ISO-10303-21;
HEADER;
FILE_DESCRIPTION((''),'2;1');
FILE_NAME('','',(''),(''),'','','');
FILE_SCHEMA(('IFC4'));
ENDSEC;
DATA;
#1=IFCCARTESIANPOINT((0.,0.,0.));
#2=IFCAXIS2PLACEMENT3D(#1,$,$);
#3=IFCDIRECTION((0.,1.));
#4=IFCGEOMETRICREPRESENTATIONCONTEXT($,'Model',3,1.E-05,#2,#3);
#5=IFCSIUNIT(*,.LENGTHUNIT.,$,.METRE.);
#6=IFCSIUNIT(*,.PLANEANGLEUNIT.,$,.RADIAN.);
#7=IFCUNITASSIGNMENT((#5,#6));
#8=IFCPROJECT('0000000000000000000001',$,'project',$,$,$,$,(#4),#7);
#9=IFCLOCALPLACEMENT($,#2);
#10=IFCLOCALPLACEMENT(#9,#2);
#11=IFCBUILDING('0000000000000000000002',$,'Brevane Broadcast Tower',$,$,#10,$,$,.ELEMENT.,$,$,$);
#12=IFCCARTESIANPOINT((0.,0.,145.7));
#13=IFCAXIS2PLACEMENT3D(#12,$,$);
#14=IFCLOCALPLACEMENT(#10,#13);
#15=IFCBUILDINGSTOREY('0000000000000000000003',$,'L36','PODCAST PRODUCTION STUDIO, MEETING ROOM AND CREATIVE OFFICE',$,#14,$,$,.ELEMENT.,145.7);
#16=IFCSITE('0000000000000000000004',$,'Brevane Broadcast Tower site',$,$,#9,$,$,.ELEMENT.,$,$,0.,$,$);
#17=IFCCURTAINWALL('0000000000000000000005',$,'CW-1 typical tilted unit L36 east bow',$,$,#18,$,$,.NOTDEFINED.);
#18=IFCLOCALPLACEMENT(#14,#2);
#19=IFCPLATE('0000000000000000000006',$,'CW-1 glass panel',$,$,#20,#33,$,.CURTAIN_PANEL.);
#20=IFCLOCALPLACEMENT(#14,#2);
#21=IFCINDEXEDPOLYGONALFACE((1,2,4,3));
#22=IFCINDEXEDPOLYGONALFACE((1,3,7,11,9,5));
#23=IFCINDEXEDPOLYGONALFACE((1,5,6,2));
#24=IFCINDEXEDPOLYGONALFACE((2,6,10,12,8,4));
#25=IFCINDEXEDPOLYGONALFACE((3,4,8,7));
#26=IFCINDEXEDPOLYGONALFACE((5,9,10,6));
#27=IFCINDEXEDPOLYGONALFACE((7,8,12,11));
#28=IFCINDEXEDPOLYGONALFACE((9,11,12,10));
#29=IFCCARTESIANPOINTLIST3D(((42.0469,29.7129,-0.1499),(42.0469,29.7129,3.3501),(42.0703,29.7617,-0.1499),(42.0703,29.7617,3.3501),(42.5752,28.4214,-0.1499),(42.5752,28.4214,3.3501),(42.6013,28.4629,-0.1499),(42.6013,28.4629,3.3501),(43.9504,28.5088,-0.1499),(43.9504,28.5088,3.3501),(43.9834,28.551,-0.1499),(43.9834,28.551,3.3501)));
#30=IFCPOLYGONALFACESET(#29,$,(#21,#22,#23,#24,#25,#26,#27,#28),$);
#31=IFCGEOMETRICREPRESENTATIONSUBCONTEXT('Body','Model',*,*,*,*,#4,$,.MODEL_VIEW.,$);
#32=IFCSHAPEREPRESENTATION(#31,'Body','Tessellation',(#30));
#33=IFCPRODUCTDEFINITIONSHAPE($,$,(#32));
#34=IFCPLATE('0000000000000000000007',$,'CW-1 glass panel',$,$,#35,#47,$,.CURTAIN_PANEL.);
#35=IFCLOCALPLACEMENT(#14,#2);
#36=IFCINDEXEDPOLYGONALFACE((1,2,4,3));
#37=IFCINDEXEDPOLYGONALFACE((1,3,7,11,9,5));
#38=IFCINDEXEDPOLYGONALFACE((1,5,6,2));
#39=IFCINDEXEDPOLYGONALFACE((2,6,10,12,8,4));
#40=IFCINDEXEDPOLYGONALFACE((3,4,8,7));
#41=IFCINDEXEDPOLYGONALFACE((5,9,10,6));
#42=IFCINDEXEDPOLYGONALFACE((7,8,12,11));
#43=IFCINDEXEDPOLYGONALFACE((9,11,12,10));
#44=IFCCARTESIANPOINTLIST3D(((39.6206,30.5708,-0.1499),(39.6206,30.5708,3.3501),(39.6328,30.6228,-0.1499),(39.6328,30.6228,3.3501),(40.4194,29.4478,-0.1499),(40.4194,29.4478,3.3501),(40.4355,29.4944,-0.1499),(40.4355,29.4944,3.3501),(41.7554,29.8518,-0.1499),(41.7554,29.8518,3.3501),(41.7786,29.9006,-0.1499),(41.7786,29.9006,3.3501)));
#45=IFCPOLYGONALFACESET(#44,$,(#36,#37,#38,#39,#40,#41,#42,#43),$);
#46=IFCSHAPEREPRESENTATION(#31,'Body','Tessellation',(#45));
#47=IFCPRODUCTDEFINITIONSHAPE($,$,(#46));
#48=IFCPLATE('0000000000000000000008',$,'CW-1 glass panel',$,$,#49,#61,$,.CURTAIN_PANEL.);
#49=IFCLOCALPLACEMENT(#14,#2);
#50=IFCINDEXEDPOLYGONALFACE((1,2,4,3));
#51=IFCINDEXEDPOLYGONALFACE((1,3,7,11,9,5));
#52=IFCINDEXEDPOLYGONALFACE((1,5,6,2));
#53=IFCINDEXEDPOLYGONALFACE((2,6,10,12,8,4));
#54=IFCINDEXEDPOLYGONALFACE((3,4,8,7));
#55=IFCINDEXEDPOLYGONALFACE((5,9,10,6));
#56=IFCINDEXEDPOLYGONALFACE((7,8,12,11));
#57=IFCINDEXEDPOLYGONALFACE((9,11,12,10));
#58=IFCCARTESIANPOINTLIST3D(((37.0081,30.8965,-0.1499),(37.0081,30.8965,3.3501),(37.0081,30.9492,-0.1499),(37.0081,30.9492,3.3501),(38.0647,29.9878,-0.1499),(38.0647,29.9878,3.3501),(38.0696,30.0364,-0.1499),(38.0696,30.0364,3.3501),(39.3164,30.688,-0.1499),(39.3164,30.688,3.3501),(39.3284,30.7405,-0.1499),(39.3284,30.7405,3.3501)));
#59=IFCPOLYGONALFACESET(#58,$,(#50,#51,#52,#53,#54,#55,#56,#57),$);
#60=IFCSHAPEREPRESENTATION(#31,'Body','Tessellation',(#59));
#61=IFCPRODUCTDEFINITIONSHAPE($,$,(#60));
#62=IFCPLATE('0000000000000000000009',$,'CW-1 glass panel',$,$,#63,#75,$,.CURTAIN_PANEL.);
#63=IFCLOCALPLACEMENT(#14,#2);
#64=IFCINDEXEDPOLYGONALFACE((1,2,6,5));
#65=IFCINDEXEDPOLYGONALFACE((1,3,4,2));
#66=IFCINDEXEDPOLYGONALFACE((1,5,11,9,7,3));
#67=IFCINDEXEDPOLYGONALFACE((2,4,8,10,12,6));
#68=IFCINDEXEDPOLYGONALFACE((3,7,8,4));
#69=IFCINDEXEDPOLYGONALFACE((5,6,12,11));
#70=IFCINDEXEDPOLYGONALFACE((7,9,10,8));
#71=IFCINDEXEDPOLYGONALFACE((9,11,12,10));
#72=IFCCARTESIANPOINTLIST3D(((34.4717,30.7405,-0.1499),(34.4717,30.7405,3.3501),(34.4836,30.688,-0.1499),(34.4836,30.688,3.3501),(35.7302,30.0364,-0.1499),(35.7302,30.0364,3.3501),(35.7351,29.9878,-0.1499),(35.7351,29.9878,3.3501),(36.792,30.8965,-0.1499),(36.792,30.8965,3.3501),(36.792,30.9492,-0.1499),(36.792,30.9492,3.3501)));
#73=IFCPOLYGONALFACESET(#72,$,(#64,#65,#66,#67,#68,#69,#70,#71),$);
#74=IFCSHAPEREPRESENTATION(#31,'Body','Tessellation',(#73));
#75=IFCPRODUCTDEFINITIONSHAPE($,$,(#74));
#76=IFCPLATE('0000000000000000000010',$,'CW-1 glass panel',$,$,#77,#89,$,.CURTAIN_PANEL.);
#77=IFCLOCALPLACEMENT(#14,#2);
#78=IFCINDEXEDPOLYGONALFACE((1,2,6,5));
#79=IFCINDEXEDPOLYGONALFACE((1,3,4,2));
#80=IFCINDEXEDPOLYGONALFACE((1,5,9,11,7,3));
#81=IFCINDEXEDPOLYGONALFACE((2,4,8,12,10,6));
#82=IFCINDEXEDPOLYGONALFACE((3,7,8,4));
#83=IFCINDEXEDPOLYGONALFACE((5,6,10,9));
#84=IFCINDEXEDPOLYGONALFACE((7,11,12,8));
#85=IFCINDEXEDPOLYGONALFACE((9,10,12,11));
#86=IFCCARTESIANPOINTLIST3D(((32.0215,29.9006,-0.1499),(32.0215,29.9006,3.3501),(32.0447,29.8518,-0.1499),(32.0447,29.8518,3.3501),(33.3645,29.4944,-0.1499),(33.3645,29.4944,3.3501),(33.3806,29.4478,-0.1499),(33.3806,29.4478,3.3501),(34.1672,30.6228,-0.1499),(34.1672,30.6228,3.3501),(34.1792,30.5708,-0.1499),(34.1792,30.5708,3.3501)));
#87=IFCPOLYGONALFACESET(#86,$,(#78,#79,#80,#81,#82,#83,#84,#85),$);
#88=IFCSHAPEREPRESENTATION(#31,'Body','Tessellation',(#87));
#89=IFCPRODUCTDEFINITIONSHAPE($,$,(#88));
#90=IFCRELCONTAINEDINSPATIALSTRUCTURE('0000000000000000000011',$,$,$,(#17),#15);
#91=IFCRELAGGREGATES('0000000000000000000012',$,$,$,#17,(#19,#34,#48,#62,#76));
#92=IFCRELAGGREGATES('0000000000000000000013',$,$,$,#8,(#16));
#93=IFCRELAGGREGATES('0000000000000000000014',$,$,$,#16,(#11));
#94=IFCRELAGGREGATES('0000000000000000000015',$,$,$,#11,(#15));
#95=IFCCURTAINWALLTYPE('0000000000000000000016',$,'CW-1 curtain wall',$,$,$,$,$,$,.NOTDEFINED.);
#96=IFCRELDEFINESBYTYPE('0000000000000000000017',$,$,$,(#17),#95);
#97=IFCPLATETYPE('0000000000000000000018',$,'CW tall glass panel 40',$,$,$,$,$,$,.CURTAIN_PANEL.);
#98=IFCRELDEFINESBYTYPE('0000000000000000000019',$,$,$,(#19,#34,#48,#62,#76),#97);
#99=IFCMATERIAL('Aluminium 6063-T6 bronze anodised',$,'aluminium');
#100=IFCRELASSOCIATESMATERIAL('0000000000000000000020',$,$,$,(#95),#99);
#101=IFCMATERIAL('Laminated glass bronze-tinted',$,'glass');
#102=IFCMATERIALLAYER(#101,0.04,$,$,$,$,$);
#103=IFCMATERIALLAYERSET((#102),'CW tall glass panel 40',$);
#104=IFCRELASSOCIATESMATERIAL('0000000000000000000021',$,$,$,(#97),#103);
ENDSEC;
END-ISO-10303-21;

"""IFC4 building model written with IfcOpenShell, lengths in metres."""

from ifc_helpers import new_model, si_unit, direction, frame, origin, place, context, subcontext, project, spatial, polyline, outline, extrude, material, layer, layer_set, type_object, element, aggregate, save


model = new_model("IFC4")

# Units and contexts
model_context = context("Model", 3, precision=1e-05, world=origin(), true_north=direction((0.0, 1.0)))
body_context = subcontext(model_context, "Body", "Model", "MODEL_VIEW")
ifc_project = project(units=[si_unit("LENGTHUNIT", "METRE"), si_unit("PLANEANGLEUNIT", "RADIAN")], contexts=[model_context])

# Site, building, storey
site_placement = place(None, origin())
site = spatial("IfcSite", under=ifc_project, at=site_placement, Name="Brevane Broadcast Tower site", CompositionType="ELEMENT", RefElevation=0.0)
building_placement = place(site_placement, origin())
building = spatial("IfcBuilding", under=site, at=building_placement, Name="Brevane Broadcast Tower", CompositionType="ELEMENT")
storey_placement = place(building_placement, frame((0.0, 0.0, 145.7)))
storey = spatial("IfcBuildingStorey", under=building, at=storey_placement, Name="L36", Description="PODCAST PRODUCTION STUDIO, MEETING ROOM AND CREATIVE OFFICE", CompositionType="ELEMENT", Elevation=145.7)

# Curtain wall, plates
ifc_material_1 = material(Name="Aluminium 6063-T6 bronze anodised", Category="aluminium")
curtain_wall_type = type_object("IfcCurtainWallType", Name="CW-1 curtain wall", PredefinedType="NOTDEFINED", material=ifc_material_1)
ifc_material_2 = material(Name="Laminated glass bronze-tinted", Category="glass")
ifc_layer = layer(ifc_material_2, 0.04)
ifc_layer_set = layer_set([ifc_layer], Name="CW tall glass panel 40")
plate_type = type_object("IfcPlateType", Name="CW tall glass panel 40", PredefinedType="CURTAIN_PANEL", material=ifc_layer_set)
curtain_wall_1_placement = place(storey_placement, origin())
curtain_wall_1 = element("IfcCurtainWall", 1, at=curtain_wall_1_placement, inside=storey, type_object=curtain_wall_type, Name="CW-1 typical tilted unit L36 east bow", PredefinedType="NOTDEFINED")
plate_1_placement = place(storey_placement, frame((0.0, 0.0, -0.1499)))
plate_1 = element("IfcPlate", 2, at=plate_1_placement, type_object=plate_type, Name="CW-1 glass panel", PredefinedType="CURTAIN_PANEL", context=body_context, shape_type="SweptSolid", body=[
    extrude(outline(polyline([(43.9504, 28.5088), (43.9834, 28.551), (42.6013, 28.4629), (42.0703, 29.7617), (42.0469, 29.7129), (42.5752, 28.4214), (43.9504, 28.5088)])), origin(), (0.0, 0.0, 1.0), 3.5),
])
plate_2_placement = place(storey_placement, frame((0.0, 0.0, -0.1499)))
plate_2 = element("IfcPlate", 3, at=plate_2_placement, type_object=plate_type, Name="CW-1 glass panel", PredefinedType="CURTAIN_PANEL", context=body_context, shape_type="SweptSolid", body=[
    extrude(outline(polyline([(41.7554, 29.8518), (41.7786, 29.9006), (40.4355, 29.4944), (39.6328, 30.6228), (39.6206, 30.5708), (40.4194, 29.4478), (41.7554, 29.8518)])), origin(), (0.0, 0.0, 1.0), 3.5),
])
plate_3_placement = place(storey_placement, frame((0.0, 0.0, -0.1499)))
plate_3 = element("IfcPlate", 4, at=plate_3_placement, type_object=plate_type, Name="CW-1 glass panel", PredefinedType="CURTAIN_PANEL", context=body_context, shape_type="SweptSolid", body=[
    extrude(outline(polyline([(39.3164, 30.688), (39.3284, 30.7405), (38.0696, 30.0364), (37.0081, 30.9492), (37.0081, 30.8965), (38.0647, 29.9878), (39.3164, 30.688)])), origin(), (0.0, 0.0, 1.0), 3.5),
])
plate_4_placement = place(storey_placement, frame((0.0, 0.0, -0.1499)))
plate_4 = element("IfcPlate", 5, at=plate_4_placement, type_object=plate_type, Name="CW-1 glass panel", PredefinedType="CURTAIN_PANEL", context=body_context, shape_type="SweptSolid", body=[
    extrude(outline(polyline([(36.792, 30.8965), (36.792, 30.9492), (35.7302, 30.0364), (34.4717, 30.7405), (34.4836, 30.688), (35.7351, 29.9878), (36.792, 30.8965)])), origin(), (0.0, 0.0, 1.0), 3.5),
])
plate_5_placement = place(storey_placement, frame((0.0, 0.0, -0.1499)))
plate_5 = element("IfcPlate", 6, at=plate_5_placement, type_object=plate_type, Name="CW-1 glass panel", PredefinedType="CURTAIN_PANEL", context=body_context, shape_type="SweptSolid", body=[
    extrude(outline(polyline([(34.1792, 30.5708), (34.1672, 30.6228), (33.3645, 29.4944), (32.0215, 29.9006), (32.0447, 29.8518), (33.3806, 29.4478), (34.1792, 30.5708)])), origin(), (0.0, 0.0, 1.0), 3.5),
])
aggregate(curtain_wall_1, [plate_1, plate_2, plate_3, plate_4, plate_5])

save(model, "model.ifc")
